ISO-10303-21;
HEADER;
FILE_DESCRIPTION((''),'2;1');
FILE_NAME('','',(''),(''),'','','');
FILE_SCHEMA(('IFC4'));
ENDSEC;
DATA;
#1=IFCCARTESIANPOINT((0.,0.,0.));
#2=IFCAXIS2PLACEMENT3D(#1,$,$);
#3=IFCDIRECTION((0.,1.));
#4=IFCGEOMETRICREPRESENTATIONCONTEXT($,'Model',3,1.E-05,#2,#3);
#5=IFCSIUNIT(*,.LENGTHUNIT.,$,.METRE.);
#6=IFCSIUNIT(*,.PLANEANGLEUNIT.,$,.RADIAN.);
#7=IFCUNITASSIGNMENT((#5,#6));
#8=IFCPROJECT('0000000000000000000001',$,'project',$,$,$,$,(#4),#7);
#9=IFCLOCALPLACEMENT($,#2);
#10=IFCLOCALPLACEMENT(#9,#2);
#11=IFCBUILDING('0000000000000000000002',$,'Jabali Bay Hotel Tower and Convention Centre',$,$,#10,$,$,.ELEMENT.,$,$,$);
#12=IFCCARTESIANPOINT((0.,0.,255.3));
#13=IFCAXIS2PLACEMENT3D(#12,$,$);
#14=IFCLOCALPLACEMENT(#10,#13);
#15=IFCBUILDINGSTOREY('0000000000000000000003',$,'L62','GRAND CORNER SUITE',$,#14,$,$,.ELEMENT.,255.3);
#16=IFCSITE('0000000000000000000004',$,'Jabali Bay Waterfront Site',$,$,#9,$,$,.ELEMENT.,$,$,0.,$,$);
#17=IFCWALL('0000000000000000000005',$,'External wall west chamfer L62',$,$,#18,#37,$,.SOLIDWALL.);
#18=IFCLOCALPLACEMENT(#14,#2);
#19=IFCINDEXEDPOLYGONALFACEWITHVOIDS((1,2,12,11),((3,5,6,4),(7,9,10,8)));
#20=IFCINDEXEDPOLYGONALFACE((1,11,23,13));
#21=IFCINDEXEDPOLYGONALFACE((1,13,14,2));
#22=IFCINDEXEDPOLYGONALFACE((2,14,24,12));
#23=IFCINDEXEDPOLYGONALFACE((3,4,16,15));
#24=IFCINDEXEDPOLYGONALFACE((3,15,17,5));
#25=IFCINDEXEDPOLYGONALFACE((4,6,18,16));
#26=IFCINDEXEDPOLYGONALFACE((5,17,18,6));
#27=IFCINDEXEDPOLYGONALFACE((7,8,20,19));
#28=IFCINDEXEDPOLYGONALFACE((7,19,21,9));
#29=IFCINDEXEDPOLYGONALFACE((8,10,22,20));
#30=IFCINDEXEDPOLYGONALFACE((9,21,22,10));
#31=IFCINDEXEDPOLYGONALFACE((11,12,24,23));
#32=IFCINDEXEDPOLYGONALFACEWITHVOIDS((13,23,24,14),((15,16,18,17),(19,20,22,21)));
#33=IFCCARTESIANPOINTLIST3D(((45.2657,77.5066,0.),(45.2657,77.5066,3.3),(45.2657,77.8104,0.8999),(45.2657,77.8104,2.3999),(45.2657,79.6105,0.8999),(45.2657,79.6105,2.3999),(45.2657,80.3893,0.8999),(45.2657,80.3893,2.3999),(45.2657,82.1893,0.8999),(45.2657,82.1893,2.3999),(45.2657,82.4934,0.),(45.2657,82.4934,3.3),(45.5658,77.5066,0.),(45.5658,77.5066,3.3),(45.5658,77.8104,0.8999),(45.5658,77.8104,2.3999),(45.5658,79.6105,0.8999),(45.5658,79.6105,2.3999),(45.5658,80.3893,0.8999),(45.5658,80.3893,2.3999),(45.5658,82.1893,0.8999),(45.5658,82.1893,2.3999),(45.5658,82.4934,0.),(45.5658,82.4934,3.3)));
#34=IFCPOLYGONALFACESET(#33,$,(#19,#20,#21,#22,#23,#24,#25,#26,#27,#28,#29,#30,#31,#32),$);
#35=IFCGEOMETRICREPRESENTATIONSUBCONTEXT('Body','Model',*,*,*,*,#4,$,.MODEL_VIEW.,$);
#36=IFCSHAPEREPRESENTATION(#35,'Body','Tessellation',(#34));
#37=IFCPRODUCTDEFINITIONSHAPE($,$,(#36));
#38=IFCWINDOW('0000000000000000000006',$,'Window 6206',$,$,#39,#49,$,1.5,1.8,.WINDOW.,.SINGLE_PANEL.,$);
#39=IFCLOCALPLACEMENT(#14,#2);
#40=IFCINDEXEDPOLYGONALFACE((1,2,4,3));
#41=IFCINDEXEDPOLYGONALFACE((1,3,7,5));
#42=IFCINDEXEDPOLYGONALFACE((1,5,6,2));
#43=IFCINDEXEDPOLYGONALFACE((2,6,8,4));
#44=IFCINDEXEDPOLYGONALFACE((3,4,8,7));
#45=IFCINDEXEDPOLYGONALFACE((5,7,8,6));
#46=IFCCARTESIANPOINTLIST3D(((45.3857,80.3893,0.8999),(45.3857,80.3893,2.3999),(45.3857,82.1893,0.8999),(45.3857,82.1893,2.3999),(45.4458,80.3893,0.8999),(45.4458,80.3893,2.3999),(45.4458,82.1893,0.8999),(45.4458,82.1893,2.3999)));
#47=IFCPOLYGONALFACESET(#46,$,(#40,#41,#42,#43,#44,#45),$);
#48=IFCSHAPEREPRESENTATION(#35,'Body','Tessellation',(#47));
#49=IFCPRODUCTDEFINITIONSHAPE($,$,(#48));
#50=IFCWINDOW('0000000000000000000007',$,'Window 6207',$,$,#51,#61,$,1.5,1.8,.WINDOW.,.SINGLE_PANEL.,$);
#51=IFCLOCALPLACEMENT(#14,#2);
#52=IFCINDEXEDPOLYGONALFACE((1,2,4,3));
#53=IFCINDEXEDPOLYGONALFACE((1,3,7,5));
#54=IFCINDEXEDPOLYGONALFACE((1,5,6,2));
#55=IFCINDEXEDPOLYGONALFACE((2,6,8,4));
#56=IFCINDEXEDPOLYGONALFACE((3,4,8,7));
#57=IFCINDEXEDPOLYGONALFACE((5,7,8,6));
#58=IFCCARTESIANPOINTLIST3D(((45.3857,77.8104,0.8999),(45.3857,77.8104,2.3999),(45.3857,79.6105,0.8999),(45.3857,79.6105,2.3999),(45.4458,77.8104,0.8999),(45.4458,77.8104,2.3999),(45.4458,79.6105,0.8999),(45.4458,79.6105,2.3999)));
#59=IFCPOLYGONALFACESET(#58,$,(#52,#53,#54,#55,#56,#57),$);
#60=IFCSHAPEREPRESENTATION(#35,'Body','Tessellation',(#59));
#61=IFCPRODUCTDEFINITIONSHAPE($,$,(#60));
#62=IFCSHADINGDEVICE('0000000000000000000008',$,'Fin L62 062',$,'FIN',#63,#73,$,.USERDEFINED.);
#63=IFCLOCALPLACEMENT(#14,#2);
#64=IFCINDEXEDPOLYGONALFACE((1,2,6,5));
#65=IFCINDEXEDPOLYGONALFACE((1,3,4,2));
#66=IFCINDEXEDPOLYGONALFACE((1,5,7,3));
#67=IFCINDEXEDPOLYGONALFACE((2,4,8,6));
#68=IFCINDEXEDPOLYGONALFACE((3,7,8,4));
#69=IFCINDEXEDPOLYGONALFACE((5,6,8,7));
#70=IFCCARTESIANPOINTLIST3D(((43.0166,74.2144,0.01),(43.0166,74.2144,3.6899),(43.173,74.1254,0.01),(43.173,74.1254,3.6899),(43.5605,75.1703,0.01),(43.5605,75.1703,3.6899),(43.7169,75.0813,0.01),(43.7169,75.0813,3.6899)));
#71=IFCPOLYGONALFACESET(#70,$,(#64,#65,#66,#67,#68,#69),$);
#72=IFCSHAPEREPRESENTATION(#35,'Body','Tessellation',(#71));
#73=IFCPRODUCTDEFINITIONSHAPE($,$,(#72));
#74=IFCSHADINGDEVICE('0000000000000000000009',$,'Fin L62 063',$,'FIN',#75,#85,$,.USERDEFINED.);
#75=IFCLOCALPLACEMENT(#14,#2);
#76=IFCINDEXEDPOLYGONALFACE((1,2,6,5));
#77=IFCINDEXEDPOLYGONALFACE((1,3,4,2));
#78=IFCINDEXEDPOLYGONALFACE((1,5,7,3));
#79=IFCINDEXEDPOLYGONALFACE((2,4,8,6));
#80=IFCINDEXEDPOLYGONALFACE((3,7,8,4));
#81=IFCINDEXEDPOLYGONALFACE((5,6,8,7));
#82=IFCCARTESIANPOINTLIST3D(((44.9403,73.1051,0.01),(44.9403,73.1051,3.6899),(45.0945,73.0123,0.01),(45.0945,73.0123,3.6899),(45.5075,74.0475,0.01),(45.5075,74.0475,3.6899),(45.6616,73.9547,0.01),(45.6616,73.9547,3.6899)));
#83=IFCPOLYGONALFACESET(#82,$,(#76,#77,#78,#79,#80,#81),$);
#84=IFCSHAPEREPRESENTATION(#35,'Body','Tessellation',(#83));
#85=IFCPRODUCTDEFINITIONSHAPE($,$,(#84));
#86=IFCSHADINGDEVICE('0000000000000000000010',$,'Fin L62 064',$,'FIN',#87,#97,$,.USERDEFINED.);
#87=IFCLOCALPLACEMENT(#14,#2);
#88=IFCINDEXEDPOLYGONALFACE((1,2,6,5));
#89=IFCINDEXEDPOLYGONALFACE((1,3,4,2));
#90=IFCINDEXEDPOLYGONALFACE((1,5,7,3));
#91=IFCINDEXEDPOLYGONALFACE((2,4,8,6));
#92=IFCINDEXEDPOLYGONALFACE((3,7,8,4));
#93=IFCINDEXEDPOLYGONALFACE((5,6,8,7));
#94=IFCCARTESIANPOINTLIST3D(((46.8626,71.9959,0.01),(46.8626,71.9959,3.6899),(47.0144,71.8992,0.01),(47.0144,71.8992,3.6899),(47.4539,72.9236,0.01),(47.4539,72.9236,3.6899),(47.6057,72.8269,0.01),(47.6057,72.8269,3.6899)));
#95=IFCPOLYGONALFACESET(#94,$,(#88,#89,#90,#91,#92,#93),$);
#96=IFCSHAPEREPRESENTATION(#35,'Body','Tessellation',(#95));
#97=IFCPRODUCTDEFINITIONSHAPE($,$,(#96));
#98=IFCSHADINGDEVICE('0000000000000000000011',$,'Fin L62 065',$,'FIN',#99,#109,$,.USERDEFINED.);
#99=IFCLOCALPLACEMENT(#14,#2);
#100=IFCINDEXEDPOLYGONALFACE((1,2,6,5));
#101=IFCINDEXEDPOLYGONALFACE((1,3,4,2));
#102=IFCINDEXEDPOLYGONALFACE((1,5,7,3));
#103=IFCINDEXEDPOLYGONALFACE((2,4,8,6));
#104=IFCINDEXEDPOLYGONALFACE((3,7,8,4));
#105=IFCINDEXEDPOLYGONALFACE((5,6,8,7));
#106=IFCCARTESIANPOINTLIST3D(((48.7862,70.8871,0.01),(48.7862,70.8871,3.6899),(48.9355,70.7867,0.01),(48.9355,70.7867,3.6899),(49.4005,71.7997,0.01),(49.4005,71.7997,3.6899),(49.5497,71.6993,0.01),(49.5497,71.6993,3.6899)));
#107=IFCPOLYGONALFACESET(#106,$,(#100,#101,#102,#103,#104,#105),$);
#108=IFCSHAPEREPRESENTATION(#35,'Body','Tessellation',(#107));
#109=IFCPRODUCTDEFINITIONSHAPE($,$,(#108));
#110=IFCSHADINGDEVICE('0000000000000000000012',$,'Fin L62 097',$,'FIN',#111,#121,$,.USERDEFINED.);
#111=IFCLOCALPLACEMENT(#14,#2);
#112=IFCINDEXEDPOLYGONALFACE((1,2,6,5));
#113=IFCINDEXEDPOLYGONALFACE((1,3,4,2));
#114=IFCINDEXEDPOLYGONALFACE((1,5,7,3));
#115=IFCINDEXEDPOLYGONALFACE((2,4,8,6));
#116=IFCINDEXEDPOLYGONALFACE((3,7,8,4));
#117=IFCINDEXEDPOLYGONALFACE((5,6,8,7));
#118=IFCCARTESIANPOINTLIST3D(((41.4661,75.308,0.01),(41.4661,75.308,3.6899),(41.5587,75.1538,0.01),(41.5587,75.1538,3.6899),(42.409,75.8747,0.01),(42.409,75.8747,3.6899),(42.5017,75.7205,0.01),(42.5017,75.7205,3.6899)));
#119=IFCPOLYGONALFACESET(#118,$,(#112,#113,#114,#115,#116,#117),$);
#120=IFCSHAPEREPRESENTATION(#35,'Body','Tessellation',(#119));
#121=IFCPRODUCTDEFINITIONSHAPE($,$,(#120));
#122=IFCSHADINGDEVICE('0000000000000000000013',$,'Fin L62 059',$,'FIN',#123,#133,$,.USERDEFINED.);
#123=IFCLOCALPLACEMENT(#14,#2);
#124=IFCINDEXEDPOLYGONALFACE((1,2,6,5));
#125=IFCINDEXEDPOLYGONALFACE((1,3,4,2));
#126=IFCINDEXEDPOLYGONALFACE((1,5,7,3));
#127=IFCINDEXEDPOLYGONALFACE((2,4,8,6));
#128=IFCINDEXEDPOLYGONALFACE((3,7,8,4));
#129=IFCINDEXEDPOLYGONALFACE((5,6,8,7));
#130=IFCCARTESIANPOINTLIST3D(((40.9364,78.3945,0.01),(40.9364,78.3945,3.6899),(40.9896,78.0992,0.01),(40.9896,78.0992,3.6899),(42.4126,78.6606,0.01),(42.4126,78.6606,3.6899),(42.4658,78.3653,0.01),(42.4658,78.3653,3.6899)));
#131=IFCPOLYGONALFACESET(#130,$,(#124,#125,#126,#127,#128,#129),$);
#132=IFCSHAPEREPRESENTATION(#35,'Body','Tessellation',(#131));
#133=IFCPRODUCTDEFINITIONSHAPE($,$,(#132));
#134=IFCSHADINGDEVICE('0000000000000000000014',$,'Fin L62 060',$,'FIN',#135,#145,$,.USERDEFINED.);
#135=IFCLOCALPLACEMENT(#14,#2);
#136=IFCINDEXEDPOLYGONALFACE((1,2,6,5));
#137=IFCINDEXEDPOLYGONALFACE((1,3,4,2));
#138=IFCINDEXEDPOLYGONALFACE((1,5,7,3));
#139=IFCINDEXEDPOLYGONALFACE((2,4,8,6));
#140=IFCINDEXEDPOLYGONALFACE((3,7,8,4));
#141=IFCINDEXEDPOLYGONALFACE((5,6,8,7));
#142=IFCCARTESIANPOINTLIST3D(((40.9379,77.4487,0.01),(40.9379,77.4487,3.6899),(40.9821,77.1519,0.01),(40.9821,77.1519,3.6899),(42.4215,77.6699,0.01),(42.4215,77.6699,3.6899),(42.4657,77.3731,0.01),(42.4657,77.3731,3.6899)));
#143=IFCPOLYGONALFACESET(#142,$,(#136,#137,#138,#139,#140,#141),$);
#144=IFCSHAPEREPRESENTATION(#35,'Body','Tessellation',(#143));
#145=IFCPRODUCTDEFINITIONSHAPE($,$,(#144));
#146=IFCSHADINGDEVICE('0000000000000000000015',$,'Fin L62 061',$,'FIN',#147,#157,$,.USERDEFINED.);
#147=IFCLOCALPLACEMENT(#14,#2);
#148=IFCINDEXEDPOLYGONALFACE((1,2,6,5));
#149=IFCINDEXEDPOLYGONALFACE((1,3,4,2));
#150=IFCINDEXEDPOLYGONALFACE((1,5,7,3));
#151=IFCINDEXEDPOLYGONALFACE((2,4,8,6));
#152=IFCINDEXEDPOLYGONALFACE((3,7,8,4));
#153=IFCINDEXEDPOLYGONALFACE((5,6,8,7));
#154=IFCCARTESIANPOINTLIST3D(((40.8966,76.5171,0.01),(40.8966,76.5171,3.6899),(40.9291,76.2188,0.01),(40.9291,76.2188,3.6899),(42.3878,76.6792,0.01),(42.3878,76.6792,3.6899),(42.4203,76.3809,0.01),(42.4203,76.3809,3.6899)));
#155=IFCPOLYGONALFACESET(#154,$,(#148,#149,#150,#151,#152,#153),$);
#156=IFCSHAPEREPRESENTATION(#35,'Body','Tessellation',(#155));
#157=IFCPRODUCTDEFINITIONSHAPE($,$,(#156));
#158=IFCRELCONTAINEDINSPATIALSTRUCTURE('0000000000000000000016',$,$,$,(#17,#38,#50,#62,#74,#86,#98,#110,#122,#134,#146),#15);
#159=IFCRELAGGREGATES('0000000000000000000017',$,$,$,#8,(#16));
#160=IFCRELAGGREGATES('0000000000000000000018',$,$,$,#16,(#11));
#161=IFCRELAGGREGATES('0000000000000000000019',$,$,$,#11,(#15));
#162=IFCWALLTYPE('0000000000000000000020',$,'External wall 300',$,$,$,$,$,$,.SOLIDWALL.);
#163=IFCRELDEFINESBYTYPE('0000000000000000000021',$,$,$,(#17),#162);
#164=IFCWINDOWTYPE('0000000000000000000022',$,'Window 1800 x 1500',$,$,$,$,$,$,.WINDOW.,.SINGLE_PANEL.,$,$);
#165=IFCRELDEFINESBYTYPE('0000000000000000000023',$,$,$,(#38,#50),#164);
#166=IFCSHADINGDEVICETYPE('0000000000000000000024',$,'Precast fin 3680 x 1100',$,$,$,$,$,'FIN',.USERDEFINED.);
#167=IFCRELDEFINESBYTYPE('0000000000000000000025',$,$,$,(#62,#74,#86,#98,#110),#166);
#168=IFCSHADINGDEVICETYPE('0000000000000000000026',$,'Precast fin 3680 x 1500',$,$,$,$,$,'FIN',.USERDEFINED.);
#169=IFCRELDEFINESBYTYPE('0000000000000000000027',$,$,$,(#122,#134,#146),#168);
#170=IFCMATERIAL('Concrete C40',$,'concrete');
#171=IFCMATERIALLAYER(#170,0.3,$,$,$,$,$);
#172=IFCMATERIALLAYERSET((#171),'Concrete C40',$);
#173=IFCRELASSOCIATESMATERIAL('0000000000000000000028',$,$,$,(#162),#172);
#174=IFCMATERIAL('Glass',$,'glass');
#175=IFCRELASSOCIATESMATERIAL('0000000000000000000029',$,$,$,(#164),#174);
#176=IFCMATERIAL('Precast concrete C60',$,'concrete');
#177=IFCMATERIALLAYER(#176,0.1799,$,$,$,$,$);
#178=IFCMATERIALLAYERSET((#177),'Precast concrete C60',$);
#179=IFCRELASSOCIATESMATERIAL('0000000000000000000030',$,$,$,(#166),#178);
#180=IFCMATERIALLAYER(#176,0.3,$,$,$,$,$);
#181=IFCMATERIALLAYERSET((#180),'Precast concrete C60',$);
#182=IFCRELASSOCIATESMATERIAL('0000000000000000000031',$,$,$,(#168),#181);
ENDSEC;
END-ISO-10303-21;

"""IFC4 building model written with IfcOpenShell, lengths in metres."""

from ifc_helpers import new_model, si_unit, direction, frame, frame_2d, origin, place, context, subcontext, project, spatial, rectangle, extrude, material, layer, layer_set, type_object, element, fill, save


model = new_model("IFC4")

# Units and contexts
model_context = context("Model", 3, precision=1e-05, world=origin(), true_north=direction((0.0, 1.0)))
body_context = subcontext(model_context, "Body", "Model", "MODEL_VIEW")
ifc_project = project(units=[si_unit("LENGTHUNIT", "METRE"), si_unit("PLANEANGLEUNIT", "RADIAN")], contexts=[model_context])

# Site, building, storey
site_placement = place(None, origin())
site = spatial("IfcSite", under=ifc_project, at=site_placement, Name="Jabali Bay Waterfront Site", CompositionType="ELEMENT", RefElevation=0.0)
building_placement = place(site_placement, origin())
building = spatial("IfcBuilding", under=site, at=building_placement, Name="Jabali Bay Hotel Tower and Convention Centre", CompositionType="ELEMENT")
storey_placement = place(building_placement, frame((0.0, 0.0, 255.3)))
storey = spatial("IfcBuildingStorey", under=building, at=storey_placement, Name="L62", Description="GRAND CORNER SUITE", CompositionType="ELEMENT", Elevation=255.3)

# Shared definitions
ifc_material_1 = material(Name="Concrete C40", Category="concrete")

# Wall, openings, windows
ifc_layer_1 = layer(ifc_material_1, 0.3)
ifc_layer_set_1 = layer_set([ifc_layer_1], Name="Concrete C40")
wall_type_1 = type_object("IfcWallType", Name="External wall 300", PredefinedType="SOLIDWALL", material=ifc_layer_set_1)
wall_1_placement = place(storey_placement, frame((45.4158, 77.5066, 0.0), z_axis=(0.0, 0.0, 1.0), x_axis=(0.0, 1.0, 0.0)))
wall_1 = element("IfcWall", 1, at=wall_1_placement, inside=storey, type_object=wall_type_1, Name="External wall west chamfer L62", PredefinedType="SOLIDWALL", context=body_context, shape_type="SweptSolid", body=[
    extrude(rectangle(XDim=4.9868, YDim=0.3, at=frame_2d((2.4934, 0.0))), origin(), (0.0, 0.0, 1.0), 3.3),
])
opening_1_placement = place(wall_1_placement, frame((2.8828, 0.0, 0.8999)))
opening_1 = element("IfcOpeningElement", 2, at=opening_1_placement, cuts=wall_1, PredefinedType="OPENING", context=body_context, shape_type="SweptSolid", body=[
    extrude(rectangle(XDim=1.8, YDim=1.5, at=frame_2d((0.8999, 0.75))), frame((0.0, 0.1606, 0.0), z_axis=(0.0, -1.0, 0.0), x_axis=(1.0, 0.0, 0.0)), (0.0, 0.0, 1.0), 0.321),
])
opening_2_placement = place(wall_1_placement, frame((0.304, 0.0, 0.8999)))
opening_2 = element("IfcOpeningElement", 3, at=opening_2_placement, cuts=wall_1, PredefinedType="OPENING", context=body_context, shape_type="SweptSolid", body=[
    extrude(rectangle(XDim=1.8, YDim=1.5, at=frame_2d((0.8999, 0.75))), frame((0.0, 0.1606, 0.0), z_axis=(0.0, -1.0, 0.0), x_axis=(1.0, 0.0, 0.0)), (0.0, 0.0, 1.0), 0.321),
])
ifc_material_2 = material(Name="Glass", Category="glass")
window_type = type_object("IfcWindowType", Name="Window 1800 x 1500", PartitioningType="SINGLE_PANEL", PredefinedType="WINDOW", material=ifc_material_2)
window_1_placement = place(opening_1_placement, origin())
window_1 = element("IfcWindow", 4, at=window_1_placement, inside=storey, type_object=window_type, Name="Window 6206", OverallHeight=1.5, OverallWidth=1.8, PartitioningType="SINGLE_PANEL", PredefinedType="WINDOW", context=body_context, shape_type="SweptSolid", body=[
    extrude(rectangle(XDim=1.8, YDim=1.5, at=frame_2d((0.8999, 0.75))), frame((0.0, 0.03, 0.0), z_axis=(0.0, -1.0, 0.0), x_axis=(1.0, 0.0, 0.0)), (0.0, 0.0, 1.0), 0.0601),
])
fill(opening_1, window_1)
window_2_placement = place(opening_2_placement, origin())
window_2 = element("IfcWindow", 5, at=window_2_placement, inside=storey, type_object=window_type, Name="Window 6207", OverallHeight=1.5, OverallWidth=1.8, PartitioningType="SINGLE_PANEL", PredefinedType="WINDOW", context=body_context, shape_type="SweptSolid", body=[
    extrude(rectangle(XDim=1.8, YDim=1.5, at=frame_2d((0.8999, 0.75))), frame((0.0, 0.03, 0.0), z_axis=(0.0, -1.0, 0.0), x_axis=(1.0, 0.0, 0.0)), (0.0, 0.0, 1.0), 0.0601),
])
fill(opening_2, window_2)

# Shading devices
ifc_material_3 = material(Name="Precast concrete C60", Category="concrete")
ifc_layer_2 = layer(ifc_material_3, 0.1799)
ifc_layer_set_2 = layer_set([ifc_layer_2], Name="Precast concrete C60")
shading_device_type_1 = type_object("IfcShadingDeviceType", Name="Precast fin 3680 x 1100", ElementType="FIN", PredefinedType="USERDEFINED", material=ifc_layer_set_2)
for number, where, z_axis, x_axis, name in (
    (6, (43.6387, 75.1257, 0.01), (0.0, 0.0, 1.0), (-0.494513, -0.86917, 0.0), "Fin L62 062"),
    (7, (45.5845, 74.001, 0.01), (0.0, 0.0, 1.0), (-0.515638, -0.856807, 0.0), "Fin L62 063"),
):
    element("IfcShadingDevice", number, at=place(storey_placement, frame(where, z_axis=z_axis, x_axis=x_axis)), inside=storey, type_object=shading_device_type_1, Name=name, ObjectType="FIN", PredefinedType="USERDEFINED", context=body_context, shape_type="SweptSolid", body=[
        extrude(rectangle(XDim=1.0999, YDim=0.1799, at=frame_2d((0.5498, 0.0))), origin(), (0.0, 0.0, 1.0), 3.6799),
    ])
for number, where, z_axis, x_axis, name in (
    (8, (47.5298, 72.8752, 0.01), (0.0, 0.0, 1.0), (-0.537478, -0.843277, 0.0), "Fin L62 064"),
    (9, (49.4751, 71.7495, 0.01), (0.0, 0.0, 1.0), (-0.558382, -0.829584, 0.0), "Fin L62 065"),
    (10, (42.4553, 75.7976, 0.01), (0.0, 0.0, 1.0), (-0.857121, -0.515116, 0.0), "Fin L62 097"),
):
    element("IfcShadingDevice", number, at=place(storey_placement, frame(where, z_axis=z_axis, x_axis=x_axis)), inside=storey, type_object=shading_device_type_1, Name=name, ObjectType="FIN", PredefinedType="USERDEFINED", context=body_context, shape_type="SweptSolid", body=[
        extrude(rectangle(XDim=1.1001, YDim=0.1799, at=frame_2d((0.55, 0.0))), origin(), (0.0, 0.0, 1.0), 3.6799),
    ])
ifc_layer_3 = layer(ifc_material_3, 0.3)
ifc_layer_set_3 = layer_set([ifc_layer_3], Name="Precast concrete C60")
shading_device_type_2 = type_object("IfcShadingDeviceType", Name="Precast fin 3680 x 1500", ElementType="FIN", PredefinedType="USERDEFINED", material=ifc_layer_set_3)
for number, where, z_axis, x_axis, name in (
    (11, (42.4392, 78.5129, 0.01), (0.0, 0.0, 1.0), (-0.98414, -0.177396, 0.0), "Fin L62 059"),
    (12, (42.4436, 77.5215, 0.01), (0.0, 0.0, 1.0), (-0.989068, -0.147457, 0.0), "Fin L62 060"),
    (13, (42.4041, 76.53, 0.01), (0.0, 0.0, 1.0), (-0.994143, -0.108073, 0.0), "Fin L62 061"),
):
    element("IfcShadingDevice", number, at=place(storey_placement, frame(where, z_axis=z_axis, x_axis=x_axis)), inside=storey, type_object=shading_device_type_2, Name=name, ObjectType="FIN", PredefinedType="USERDEFINED", context=body_context, shape_type="SweptSolid", body=[
        extrude(rectangle(XDim=1.5, YDim=0.3, at=frame_2d((0.75, 0.0))), origin(), (0.0, 0.0, 1.0), 3.6799),
    ])

save(model, "model.ifc")
